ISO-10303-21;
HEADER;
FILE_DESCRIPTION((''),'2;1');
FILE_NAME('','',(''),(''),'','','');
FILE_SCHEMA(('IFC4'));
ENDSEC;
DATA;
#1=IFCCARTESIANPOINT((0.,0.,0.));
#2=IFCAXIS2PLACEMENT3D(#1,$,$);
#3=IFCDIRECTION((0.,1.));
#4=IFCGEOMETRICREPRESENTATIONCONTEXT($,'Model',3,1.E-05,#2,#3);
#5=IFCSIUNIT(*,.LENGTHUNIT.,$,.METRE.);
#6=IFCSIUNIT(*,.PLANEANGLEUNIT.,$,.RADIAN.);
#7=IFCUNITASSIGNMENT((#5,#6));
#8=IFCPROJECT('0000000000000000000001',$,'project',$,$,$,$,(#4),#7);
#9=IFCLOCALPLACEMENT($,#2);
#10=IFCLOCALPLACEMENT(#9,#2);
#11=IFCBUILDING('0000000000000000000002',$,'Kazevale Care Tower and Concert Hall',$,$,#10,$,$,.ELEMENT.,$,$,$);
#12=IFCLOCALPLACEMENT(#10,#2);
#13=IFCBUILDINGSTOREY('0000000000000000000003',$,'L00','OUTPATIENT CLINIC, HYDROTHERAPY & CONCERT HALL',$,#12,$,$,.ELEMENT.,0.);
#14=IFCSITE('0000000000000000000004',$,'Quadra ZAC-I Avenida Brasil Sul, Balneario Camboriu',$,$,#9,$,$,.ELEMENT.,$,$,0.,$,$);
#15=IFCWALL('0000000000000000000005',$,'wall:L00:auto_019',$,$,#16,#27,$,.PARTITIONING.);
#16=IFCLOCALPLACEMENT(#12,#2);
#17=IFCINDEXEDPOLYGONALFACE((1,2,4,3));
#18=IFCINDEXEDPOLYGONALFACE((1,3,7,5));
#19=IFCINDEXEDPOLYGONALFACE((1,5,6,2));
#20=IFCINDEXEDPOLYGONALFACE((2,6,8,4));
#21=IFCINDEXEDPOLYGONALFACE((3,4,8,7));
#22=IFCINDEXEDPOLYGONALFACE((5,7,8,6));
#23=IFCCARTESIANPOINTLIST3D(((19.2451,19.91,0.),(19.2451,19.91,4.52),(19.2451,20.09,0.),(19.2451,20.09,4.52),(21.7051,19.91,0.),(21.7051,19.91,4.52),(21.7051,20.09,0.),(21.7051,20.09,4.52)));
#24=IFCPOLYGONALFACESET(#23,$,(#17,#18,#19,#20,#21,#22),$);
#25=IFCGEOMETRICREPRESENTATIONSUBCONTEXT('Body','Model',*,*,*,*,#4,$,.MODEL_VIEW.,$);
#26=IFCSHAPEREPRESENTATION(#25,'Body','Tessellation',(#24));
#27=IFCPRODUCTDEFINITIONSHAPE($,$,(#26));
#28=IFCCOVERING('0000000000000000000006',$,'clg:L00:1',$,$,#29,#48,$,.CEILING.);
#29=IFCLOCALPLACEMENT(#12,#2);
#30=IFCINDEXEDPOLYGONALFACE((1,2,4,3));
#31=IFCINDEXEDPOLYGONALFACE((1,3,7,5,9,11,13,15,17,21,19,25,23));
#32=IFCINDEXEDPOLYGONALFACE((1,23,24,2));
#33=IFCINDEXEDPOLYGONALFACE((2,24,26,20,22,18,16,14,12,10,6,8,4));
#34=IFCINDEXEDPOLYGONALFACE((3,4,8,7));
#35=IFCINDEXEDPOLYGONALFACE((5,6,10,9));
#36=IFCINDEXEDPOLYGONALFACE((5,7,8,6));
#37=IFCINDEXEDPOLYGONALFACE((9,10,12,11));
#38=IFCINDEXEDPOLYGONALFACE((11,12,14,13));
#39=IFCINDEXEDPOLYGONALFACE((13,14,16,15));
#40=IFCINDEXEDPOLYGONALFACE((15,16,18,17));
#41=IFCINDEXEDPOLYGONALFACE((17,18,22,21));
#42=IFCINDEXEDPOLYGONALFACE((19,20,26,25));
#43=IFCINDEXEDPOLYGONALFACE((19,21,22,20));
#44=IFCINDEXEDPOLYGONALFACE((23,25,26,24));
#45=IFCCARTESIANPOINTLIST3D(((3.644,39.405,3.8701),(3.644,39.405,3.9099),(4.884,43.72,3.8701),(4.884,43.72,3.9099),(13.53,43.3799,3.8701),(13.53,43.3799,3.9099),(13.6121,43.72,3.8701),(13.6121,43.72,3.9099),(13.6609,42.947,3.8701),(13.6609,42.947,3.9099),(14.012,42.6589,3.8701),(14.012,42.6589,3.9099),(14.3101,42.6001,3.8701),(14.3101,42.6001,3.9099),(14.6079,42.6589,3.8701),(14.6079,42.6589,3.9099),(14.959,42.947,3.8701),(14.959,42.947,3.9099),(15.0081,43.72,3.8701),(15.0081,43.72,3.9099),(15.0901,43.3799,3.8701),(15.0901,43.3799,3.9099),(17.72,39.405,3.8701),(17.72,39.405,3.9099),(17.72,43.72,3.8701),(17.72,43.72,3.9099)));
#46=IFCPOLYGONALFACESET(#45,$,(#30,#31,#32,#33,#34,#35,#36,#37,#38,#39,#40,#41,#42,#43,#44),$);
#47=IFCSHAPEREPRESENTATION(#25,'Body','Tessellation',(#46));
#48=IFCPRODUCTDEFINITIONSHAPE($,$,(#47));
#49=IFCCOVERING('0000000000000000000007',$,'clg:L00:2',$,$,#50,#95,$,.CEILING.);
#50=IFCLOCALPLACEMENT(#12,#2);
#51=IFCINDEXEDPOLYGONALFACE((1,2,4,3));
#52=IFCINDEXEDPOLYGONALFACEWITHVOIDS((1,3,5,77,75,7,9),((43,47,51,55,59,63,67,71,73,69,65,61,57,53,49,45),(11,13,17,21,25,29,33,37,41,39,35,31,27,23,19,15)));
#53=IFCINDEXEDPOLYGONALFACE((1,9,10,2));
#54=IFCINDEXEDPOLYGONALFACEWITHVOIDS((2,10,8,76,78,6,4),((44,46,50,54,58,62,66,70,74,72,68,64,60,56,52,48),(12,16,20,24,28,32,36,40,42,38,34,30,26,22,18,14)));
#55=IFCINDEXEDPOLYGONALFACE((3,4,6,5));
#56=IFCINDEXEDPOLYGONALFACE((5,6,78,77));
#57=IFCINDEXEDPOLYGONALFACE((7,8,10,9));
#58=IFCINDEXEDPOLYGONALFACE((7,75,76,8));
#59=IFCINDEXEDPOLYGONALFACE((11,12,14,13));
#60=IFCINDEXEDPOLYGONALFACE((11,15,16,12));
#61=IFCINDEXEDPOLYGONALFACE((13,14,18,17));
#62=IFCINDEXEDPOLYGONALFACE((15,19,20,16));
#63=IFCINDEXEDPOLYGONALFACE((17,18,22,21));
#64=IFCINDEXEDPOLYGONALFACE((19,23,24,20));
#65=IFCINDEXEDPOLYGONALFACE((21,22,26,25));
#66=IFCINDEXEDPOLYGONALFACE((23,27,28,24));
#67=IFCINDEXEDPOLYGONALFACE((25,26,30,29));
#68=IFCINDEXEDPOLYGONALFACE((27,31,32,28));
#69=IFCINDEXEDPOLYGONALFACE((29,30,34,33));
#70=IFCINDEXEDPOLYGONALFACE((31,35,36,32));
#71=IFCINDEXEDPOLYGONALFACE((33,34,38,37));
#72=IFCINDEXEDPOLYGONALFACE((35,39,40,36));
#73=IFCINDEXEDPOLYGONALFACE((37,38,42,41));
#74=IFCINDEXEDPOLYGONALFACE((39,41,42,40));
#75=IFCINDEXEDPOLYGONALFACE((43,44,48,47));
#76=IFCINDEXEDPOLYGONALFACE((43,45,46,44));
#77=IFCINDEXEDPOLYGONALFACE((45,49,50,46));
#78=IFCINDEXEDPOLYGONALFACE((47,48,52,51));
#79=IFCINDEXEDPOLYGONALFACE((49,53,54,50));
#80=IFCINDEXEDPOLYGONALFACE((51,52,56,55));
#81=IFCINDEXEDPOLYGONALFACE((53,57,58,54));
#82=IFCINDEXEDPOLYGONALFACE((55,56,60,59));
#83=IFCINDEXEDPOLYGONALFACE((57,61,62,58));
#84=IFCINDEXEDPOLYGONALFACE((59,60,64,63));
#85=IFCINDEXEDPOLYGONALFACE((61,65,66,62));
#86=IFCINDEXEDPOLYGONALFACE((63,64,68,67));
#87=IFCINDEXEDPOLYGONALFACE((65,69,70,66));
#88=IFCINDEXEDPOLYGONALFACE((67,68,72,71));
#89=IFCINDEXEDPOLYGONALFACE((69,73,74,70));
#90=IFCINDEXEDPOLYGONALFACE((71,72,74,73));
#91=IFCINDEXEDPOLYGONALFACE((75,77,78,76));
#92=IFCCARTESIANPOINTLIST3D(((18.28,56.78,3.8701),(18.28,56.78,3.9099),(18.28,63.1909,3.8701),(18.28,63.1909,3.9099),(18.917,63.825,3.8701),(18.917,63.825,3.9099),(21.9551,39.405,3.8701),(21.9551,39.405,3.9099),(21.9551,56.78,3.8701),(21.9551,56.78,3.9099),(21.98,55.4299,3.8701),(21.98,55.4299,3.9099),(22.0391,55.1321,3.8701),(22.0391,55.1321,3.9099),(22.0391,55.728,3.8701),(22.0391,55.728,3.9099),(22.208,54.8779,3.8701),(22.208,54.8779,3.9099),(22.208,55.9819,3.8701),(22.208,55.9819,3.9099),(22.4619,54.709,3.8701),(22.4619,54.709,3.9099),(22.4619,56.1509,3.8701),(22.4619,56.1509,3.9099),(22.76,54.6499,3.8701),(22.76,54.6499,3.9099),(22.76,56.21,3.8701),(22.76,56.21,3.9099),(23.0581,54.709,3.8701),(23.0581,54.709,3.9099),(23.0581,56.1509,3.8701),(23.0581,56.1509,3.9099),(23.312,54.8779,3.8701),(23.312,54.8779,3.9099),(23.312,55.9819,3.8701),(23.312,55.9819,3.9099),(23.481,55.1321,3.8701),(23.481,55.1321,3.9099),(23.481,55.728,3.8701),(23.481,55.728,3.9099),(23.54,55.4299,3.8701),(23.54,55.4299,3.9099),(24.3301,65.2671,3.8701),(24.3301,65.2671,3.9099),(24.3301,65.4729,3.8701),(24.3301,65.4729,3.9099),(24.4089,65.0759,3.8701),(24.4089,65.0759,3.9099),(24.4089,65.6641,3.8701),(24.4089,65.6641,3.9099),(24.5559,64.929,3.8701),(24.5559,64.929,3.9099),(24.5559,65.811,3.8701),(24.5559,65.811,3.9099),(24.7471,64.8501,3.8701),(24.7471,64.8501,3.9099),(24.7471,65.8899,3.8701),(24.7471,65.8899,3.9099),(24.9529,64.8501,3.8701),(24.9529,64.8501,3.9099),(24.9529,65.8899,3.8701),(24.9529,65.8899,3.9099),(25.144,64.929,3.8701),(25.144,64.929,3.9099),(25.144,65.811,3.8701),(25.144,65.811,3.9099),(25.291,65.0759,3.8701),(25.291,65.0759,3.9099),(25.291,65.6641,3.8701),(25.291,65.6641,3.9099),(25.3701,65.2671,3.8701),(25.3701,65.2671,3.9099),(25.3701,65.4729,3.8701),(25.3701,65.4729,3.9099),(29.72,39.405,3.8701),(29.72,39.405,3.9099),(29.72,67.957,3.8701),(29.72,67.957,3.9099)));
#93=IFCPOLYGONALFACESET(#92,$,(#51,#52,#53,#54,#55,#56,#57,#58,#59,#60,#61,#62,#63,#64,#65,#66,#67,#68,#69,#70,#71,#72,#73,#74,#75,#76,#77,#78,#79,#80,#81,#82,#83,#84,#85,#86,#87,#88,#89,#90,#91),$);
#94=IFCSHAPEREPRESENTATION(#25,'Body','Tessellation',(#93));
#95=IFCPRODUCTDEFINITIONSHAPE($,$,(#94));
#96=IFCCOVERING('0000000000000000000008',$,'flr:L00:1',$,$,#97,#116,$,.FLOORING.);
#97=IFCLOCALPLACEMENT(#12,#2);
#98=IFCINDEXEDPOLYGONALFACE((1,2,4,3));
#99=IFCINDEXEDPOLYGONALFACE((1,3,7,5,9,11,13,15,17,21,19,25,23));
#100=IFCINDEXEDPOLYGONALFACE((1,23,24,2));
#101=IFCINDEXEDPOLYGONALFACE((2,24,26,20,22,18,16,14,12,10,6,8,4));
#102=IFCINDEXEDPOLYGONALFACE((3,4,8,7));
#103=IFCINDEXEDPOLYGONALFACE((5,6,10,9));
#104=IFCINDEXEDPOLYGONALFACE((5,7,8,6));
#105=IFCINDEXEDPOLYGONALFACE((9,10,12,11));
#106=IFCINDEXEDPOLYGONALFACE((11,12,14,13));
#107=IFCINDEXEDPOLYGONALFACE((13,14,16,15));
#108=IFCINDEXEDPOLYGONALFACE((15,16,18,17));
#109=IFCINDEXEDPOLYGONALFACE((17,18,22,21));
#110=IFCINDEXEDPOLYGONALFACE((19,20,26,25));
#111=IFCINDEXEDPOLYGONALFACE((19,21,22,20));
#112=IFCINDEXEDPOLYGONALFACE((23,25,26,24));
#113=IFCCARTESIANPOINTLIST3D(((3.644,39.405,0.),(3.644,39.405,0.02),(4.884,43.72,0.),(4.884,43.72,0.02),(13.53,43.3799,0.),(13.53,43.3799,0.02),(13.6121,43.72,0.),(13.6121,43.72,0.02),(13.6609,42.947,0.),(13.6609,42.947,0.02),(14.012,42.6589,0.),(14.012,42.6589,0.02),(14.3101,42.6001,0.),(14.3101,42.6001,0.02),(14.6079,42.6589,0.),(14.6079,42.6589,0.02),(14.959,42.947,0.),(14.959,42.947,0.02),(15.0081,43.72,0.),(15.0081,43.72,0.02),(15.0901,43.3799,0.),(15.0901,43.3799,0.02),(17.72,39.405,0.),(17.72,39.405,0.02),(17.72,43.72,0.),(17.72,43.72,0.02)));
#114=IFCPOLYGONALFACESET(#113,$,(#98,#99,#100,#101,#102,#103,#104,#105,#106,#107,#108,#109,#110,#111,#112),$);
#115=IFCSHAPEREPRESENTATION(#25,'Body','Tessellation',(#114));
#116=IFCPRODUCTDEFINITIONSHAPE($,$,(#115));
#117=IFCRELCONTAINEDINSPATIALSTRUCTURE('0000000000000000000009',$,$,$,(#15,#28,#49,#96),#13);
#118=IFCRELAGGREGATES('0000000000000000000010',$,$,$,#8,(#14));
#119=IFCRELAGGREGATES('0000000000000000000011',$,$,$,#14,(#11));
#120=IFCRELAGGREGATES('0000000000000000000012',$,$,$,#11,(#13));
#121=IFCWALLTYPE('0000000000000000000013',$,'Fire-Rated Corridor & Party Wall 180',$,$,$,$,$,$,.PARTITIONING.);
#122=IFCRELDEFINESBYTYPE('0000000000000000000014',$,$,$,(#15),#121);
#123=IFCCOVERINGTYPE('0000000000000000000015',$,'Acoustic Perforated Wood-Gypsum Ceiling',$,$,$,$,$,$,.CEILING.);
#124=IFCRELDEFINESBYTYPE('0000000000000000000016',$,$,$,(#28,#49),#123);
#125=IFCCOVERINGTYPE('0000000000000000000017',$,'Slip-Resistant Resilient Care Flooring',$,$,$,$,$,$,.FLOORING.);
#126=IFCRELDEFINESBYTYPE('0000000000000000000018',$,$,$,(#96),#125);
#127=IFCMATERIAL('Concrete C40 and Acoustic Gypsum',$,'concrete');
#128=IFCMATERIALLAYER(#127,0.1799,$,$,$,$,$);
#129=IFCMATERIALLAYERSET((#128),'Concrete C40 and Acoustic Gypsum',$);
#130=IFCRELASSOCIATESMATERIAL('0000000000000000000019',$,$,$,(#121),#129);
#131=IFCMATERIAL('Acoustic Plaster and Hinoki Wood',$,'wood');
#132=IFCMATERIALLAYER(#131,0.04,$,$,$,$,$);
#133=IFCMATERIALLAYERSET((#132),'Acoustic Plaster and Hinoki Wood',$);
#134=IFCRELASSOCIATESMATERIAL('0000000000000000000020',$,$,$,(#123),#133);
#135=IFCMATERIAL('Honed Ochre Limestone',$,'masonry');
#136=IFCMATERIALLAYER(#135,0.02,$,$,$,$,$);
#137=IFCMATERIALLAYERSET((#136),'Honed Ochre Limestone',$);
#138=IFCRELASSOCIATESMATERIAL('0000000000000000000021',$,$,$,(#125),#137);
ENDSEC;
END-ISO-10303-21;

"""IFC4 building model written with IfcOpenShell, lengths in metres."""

from ifc_helpers import new_model, si_unit, direction, frame, frame_2d, origin, place, context, subcontext, project, spatial, polyline, rectangle, outline, extrude, material, layer, layer_set, type_object, element, save


model = new_model("IFC4")

# Units and contexts
model_context = context("Model", 3, precision=1e-05, world=origin(), true_north=direction((0.0, 1.0)))
body_context = subcontext(model_context, "Body", "Model", "MODEL_VIEW")
ifc_project = project(units=[si_unit("LENGTHUNIT", "METRE"), si_unit("PLANEANGLEUNIT", "RADIAN")], contexts=[model_context])

# Site, building, storey
site_placement = place(None, origin())
site = spatial("IfcSite", under=ifc_project, at=site_placement, Name="Quadra ZAC-I Avenida Brasil Sul, Balneario Camboriu", CompositionType="ELEMENT", RefElevation=0.0)
building_placement = place(site_placement, origin())
building = spatial("IfcBuilding", under=site, at=building_placement, Name="Kazevale Care Tower and Concert Hall", CompositionType="ELEMENT")
storey_placement = place(building_placement, origin())
storey = spatial("IfcBuildingStorey", under=building, at=storey_placement, Name="L00", Description="OUTPATIENT CLINIC, HYDROTHERAPY & CONCERT HALL", CompositionType="ELEMENT", Elevation=0.0)

# Shared definitions
ifc_material_1 = material(Name="Concrete C40 and Acoustic Gypsum", Category="concrete")
ifc_layer_1 = layer(ifc_material_1, 0.1799)
ifc_layer_set_1 = layer_set([ifc_layer_1], Name="Concrete C40 and Acoustic Gypsum")
wall_type = type_object("IfcWallType", Name="Fire-Rated Corridor & Party Wall 180", PredefinedType="PARTITIONING", material=ifc_layer_set_1)

# Wall
wall_1_placement = place(storey_placement, frame((21.7051, 20.0, 0.0), z_axis=(0.0, 0.0, 1.0), x_axis=(-1.0, 0.0, 0.0)))
element("IfcWall", 1, at=wall_1_placement, inside=storey, type_object=wall_type, Name="wall:L00:auto_019", PredefinedType="PARTITIONING", context=body_context, shape_type="SweptSolid", body=[
    extrude(rectangle(XDim=2.46, YDim=0.1799, at=frame_2d((1.23, 0.0))), origin(), (0.0, 0.0, 1.0), 4.52),
])

# Coverings
ifc_material_2 = material(Name="Acoustic Plaster and Hinoki Wood", Category="wood")
ifc_layer_2 = layer(ifc_material_2, 0.04)
ifc_layer_set_2 = layer_set([ifc_layer_2], Name="Acoustic Plaster and Hinoki Wood")
covering_type_1 = type_object("IfcCoveringType", Name="Acoustic Perforated Wood-Gypsum Ceiling", PredefinedType="CEILING", material=ifc_layer_set_2)
covering_1_placement = place(storey_placement, frame((0.0, 0.0, 3.8701)))
element("IfcCovering", 2, at=covering_1_placement, inside=storey, type_object=covering_type_1, Name="clg:L00:1", PredefinedType="CEILING", context=body_context, shape_type="SweptSolid", body=[
    extrude(outline(polyline([(17.72, 39.405), (3.644, 39.405), (4.884, 43.72), (13.6121, 43.72), (13.53, 43.3799), (13.6609, 42.947), (14.012, 42.6589), (14.3101, 42.6001), (14.6079, 42.6589), (14.959, 42.947), (15.0901, 43.3799), (15.0081, 43.72), (17.72, 43.72), (17.72, 39.405)])), origin(), (0.0, 0.0, 1.0), 0.0398),
])
covering_2_placement = place(storey_placement, frame((0.0, 0.0, 3.8701)))
element("IfcCovering", 3, at=covering_2_placement, inside=storey, type_object=covering_type_1, Name="clg:L00:2", PredefinedType="CEILING", context=body_context, shape_type="SweptSolid", body=[
    extrude(outline(polyline([(21.9551, 56.78), (18.28, 56.78), (18.28, 63.1909), (18.917, 63.825), (29.72, 67.957), (29.72, 39.405), (21.9551, 39.405), (21.9551, 56.78)]), holes=[polyline([(23.481, 55.728), (23.312, 55.9819), (23.0581, 56.1509), (22.76, 56.21), (22.4619, 56.1509), (22.208, 55.9819), (22.0391, 55.728), (21.98, 55.4299), (22.0391, 55.1321), (22.208, 54.8779), (22.4619, 54.709), (22.76, 54.6499), (23.0581, 54.709), (23.312, 54.8779), (23.481, 55.1321), (23.54, 55.4299), (23.481, 55.728)]), polyline([(25.3701, 65.4729), (25.291, 65.6641), (25.144, 65.811), (24.9529, 65.8899), (24.7471, 65.8899), (24.5559, 65.811), (24.4089, 65.6641), (24.3301, 65.4729), (24.3301, 65.2671), (24.4089, 65.0759), (24.5559, 64.929), (24.7471, 64.8501), (24.9529, 64.8501), (25.144, 64.929), (25.291, 65.0759), (25.3701, 65.2671), (25.3701, 65.4729)])]), origin(), (0.0, 0.0, 1.0), 0.0398),
])
ifc_material_3 = material(Name="Honed Ochre Limestone", Category="masonry")
ifc_layer_3 = layer(ifc_material_3, 0.02)
ifc_layer_set_3 = layer_set([ifc_layer_3], Name="Honed Ochre Limestone")
covering_type_2 = type_object("IfcCoveringType", Name="Slip-Resistant Resilient Care Flooring", PredefinedType="FLOORING", material=ifc_layer_set_3)
covering_3_placement = place(storey_placement, origin())
element("IfcCovering", 4, at=covering_3_placement, inside=storey, type_object=covering_type_2, Name="flr:L00:1", PredefinedType="FLOORING", context=body_context, shape_type="SweptSolid", body=[
    extrude(outline(polyline([(17.72, 39.405), (3.644, 39.405), (4.884, 43.72), (13.6121, 43.72), (13.53, 43.3799), (13.6609, 42.947), (14.012, 42.6589), (14.3101, 42.6001), (14.6079, 42.6589), (14.959, 42.947), (15.0901, 43.3799), (15.0081, 43.72), (17.72, 43.72), (17.72, 39.405)])), origin(), (0.0, 0.0, 1.0), 0.02),
])

save(model, "model.ifc")
